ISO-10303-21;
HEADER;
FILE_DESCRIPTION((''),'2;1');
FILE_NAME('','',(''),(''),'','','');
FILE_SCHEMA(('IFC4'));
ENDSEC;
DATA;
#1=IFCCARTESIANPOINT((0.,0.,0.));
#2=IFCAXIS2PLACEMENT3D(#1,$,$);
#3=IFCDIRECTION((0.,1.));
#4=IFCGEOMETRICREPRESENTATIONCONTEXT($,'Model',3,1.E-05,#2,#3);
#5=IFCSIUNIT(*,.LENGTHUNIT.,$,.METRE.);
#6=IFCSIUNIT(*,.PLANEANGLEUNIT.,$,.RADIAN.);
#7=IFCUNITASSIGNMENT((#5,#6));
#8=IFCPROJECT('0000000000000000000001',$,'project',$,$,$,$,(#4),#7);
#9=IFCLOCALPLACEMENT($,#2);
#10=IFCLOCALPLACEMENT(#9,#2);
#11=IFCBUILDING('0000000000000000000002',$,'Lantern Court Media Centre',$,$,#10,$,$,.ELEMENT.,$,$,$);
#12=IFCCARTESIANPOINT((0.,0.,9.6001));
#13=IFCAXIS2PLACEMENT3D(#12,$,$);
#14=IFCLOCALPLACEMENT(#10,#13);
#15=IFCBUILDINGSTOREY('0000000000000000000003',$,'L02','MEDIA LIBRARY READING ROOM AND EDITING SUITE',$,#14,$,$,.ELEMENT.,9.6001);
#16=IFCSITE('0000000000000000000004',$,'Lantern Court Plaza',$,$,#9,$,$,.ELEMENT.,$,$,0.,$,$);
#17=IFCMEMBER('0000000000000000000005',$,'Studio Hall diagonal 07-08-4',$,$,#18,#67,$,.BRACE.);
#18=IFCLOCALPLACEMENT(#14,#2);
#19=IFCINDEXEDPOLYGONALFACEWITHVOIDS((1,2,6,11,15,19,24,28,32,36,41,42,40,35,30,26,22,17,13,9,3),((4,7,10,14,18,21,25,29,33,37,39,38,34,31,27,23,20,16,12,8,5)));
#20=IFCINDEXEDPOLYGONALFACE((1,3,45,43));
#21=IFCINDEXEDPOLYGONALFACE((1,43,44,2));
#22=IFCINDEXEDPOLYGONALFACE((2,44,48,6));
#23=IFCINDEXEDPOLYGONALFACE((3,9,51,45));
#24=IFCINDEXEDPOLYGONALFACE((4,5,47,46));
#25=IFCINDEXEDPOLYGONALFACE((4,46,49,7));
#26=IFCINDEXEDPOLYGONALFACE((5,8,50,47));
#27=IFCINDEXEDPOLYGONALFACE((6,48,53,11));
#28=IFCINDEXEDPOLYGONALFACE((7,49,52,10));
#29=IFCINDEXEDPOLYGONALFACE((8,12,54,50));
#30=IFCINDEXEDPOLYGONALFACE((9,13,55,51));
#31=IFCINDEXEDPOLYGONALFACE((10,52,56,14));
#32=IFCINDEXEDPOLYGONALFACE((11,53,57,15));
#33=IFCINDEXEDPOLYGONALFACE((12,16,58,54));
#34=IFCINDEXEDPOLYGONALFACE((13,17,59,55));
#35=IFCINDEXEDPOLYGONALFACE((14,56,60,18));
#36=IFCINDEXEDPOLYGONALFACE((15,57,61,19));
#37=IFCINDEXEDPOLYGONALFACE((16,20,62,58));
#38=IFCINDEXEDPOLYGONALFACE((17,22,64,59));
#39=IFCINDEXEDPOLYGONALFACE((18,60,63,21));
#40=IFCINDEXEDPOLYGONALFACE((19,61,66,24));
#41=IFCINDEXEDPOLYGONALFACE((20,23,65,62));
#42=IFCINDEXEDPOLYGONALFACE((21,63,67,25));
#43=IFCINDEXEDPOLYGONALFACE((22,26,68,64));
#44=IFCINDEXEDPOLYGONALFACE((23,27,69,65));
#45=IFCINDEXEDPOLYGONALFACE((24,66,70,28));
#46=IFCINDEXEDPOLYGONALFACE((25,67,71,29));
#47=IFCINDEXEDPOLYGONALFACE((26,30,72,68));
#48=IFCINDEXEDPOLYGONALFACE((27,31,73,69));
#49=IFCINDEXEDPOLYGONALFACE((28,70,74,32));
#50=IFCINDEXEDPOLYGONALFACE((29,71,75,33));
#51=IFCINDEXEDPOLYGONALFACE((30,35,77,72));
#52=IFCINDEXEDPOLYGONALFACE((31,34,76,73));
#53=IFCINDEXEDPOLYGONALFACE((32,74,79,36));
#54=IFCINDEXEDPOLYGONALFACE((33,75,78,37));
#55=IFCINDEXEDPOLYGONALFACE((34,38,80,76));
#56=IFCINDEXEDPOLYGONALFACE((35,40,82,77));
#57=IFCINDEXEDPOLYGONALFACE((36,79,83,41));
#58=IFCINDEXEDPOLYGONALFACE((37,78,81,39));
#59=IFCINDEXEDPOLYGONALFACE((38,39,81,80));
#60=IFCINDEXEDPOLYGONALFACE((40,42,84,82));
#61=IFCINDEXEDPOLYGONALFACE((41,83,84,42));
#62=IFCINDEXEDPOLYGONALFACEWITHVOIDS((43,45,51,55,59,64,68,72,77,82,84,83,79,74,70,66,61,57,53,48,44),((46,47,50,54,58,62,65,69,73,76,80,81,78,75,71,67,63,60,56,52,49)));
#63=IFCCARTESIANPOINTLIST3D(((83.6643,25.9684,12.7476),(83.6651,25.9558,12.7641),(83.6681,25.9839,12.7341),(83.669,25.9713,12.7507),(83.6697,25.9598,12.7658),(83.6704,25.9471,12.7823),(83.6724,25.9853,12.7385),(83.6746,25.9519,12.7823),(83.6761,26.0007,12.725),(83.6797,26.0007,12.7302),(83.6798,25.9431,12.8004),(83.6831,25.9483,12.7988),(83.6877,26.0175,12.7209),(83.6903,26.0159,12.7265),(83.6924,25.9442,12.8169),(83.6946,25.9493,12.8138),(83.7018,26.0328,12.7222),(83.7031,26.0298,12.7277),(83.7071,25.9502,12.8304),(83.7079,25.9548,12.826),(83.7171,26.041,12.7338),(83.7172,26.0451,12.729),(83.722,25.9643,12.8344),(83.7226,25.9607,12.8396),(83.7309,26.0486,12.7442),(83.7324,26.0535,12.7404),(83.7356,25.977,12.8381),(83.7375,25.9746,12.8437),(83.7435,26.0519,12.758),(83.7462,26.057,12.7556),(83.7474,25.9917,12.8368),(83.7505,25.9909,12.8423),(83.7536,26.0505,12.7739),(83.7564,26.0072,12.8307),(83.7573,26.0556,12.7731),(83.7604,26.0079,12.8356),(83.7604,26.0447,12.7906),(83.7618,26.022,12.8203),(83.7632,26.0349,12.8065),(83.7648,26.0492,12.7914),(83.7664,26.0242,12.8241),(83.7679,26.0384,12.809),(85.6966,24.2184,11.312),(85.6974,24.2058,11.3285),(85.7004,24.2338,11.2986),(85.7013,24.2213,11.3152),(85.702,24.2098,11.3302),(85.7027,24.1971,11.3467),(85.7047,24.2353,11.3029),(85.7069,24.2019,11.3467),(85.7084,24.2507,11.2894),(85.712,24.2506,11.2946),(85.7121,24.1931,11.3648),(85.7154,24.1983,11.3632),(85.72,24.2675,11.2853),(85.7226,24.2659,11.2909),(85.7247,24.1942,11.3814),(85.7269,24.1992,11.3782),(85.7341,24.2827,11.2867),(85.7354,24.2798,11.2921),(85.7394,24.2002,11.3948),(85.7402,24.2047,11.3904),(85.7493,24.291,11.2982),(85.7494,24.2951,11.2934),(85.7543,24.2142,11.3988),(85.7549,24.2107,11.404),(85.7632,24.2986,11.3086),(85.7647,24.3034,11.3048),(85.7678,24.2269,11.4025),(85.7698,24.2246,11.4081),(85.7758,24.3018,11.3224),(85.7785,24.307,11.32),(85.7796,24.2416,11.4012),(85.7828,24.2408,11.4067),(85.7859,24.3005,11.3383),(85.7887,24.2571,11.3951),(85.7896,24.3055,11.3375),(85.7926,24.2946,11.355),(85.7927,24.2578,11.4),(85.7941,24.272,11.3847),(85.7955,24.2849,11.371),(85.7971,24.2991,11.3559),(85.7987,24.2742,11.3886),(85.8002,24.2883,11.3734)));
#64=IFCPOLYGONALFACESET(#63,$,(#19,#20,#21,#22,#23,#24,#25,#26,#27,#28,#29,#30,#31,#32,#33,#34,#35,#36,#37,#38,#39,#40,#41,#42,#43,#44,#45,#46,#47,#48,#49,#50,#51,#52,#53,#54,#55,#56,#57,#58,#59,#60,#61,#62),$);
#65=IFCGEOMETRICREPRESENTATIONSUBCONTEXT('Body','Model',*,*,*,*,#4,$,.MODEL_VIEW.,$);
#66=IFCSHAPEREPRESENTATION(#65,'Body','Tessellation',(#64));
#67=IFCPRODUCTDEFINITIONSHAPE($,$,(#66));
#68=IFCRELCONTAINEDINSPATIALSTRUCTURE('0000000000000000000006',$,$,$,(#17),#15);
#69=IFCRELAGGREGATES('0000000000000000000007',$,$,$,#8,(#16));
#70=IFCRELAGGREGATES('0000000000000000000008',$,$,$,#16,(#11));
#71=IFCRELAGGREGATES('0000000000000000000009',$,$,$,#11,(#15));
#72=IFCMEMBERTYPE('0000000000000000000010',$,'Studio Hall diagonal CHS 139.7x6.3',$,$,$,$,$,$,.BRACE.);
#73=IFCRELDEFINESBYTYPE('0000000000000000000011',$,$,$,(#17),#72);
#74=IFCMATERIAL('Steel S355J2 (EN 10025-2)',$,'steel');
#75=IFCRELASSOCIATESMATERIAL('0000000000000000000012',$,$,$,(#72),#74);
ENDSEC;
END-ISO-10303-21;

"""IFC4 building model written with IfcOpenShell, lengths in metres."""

from ifc_helpers import new_model, si_unit, direction, frame, origin, origin_2d, place, context, subcontext, project, spatial, hollow_circle, extrude, material, material_profile, profile_set, type_object, element, save


model = new_model("IFC4")

# Units and contexts
model_context = context("Model", 3, precision=1e-05, world=origin(), true_north=direction((0.0, 1.0)))
body_context = subcontext(model_context, "Body", "Model", "MODEL_VIEW")
ifc_project = project(units=[si_unit("LENGTHUNIT", "METRE"), si_unit("PLANEANGLEUNIT", "RADIAN")], contexts=[model_context])

# Site, building, storey
site_placement = place(None, origin())
site = spatial("IfcSite", under=ifc_project, at=site_placement, Name="Lantern Court Plaza", CompositionType="ELEMENT", RefElevation=0.0)
building_placement = place(site_placement, origin())
building = spatial("IfcBuilding", under=site, at=building_placement, Name="Lantern Court Media Centre", CompositionType="ELEMENT")
storey_placement = place(building_placement, frame((0.0, 0.0, 9.6001)))
storey = spatial("IfcBuildingStorey", under=building, at=storey_placement, Name="L02", Description="MEDIA LIBRARY READING ROOM AND EDITING SUITE", CompositionType="ELEMENT", Elevation=9.6001)

# Member
ifc_material = material(Name="Steel S355J2 (EN 10025-2)", Category="steel")
ifc_material_profile_1 = material_profile(ifc_material, hollow_circle(Radius=0.0698, WallThickness=0.0063, at=origin_2d()), Name="Studio Hall diagonal CHS 139.7x6.3")
ifc_profile_set_1 = profile_set([ifc_material_profile_1], Name="Steel S355J2 (EN 10025-2)")
member_type_1 = type_object("IfcMemberType", Name="Studio Hall diagonal CHS 139.7x6.3", PredefinedType="BRACE", material=ifc_profile_set_1)
for number, where, z_axis, x_axis, name in (
    (1, (85.7483, 24.25, 11.3467), (-0.668075, 0.575296, 0.471922), (-0.652529, -0.757764, 0.0), "Studio Hall diagonal 07-08-4"),
):
    element("IfcMember", number, at=place(storey_placement, frame(where, z_axis=z_axis, x_axis=x_axis)), inside=storey, type_object=member_type_1, Name=name, PredefinedType="BRACE", context=body_context, shape_type="SweptSolid", body=[
        extrude(hollow_circle(Radius=0.0698, WallThickness=0.0063, at=origin_2d()), origin(), (0.0, 0.0, 1.0), 3.042),
    ])

save(model, "model.ifc")
